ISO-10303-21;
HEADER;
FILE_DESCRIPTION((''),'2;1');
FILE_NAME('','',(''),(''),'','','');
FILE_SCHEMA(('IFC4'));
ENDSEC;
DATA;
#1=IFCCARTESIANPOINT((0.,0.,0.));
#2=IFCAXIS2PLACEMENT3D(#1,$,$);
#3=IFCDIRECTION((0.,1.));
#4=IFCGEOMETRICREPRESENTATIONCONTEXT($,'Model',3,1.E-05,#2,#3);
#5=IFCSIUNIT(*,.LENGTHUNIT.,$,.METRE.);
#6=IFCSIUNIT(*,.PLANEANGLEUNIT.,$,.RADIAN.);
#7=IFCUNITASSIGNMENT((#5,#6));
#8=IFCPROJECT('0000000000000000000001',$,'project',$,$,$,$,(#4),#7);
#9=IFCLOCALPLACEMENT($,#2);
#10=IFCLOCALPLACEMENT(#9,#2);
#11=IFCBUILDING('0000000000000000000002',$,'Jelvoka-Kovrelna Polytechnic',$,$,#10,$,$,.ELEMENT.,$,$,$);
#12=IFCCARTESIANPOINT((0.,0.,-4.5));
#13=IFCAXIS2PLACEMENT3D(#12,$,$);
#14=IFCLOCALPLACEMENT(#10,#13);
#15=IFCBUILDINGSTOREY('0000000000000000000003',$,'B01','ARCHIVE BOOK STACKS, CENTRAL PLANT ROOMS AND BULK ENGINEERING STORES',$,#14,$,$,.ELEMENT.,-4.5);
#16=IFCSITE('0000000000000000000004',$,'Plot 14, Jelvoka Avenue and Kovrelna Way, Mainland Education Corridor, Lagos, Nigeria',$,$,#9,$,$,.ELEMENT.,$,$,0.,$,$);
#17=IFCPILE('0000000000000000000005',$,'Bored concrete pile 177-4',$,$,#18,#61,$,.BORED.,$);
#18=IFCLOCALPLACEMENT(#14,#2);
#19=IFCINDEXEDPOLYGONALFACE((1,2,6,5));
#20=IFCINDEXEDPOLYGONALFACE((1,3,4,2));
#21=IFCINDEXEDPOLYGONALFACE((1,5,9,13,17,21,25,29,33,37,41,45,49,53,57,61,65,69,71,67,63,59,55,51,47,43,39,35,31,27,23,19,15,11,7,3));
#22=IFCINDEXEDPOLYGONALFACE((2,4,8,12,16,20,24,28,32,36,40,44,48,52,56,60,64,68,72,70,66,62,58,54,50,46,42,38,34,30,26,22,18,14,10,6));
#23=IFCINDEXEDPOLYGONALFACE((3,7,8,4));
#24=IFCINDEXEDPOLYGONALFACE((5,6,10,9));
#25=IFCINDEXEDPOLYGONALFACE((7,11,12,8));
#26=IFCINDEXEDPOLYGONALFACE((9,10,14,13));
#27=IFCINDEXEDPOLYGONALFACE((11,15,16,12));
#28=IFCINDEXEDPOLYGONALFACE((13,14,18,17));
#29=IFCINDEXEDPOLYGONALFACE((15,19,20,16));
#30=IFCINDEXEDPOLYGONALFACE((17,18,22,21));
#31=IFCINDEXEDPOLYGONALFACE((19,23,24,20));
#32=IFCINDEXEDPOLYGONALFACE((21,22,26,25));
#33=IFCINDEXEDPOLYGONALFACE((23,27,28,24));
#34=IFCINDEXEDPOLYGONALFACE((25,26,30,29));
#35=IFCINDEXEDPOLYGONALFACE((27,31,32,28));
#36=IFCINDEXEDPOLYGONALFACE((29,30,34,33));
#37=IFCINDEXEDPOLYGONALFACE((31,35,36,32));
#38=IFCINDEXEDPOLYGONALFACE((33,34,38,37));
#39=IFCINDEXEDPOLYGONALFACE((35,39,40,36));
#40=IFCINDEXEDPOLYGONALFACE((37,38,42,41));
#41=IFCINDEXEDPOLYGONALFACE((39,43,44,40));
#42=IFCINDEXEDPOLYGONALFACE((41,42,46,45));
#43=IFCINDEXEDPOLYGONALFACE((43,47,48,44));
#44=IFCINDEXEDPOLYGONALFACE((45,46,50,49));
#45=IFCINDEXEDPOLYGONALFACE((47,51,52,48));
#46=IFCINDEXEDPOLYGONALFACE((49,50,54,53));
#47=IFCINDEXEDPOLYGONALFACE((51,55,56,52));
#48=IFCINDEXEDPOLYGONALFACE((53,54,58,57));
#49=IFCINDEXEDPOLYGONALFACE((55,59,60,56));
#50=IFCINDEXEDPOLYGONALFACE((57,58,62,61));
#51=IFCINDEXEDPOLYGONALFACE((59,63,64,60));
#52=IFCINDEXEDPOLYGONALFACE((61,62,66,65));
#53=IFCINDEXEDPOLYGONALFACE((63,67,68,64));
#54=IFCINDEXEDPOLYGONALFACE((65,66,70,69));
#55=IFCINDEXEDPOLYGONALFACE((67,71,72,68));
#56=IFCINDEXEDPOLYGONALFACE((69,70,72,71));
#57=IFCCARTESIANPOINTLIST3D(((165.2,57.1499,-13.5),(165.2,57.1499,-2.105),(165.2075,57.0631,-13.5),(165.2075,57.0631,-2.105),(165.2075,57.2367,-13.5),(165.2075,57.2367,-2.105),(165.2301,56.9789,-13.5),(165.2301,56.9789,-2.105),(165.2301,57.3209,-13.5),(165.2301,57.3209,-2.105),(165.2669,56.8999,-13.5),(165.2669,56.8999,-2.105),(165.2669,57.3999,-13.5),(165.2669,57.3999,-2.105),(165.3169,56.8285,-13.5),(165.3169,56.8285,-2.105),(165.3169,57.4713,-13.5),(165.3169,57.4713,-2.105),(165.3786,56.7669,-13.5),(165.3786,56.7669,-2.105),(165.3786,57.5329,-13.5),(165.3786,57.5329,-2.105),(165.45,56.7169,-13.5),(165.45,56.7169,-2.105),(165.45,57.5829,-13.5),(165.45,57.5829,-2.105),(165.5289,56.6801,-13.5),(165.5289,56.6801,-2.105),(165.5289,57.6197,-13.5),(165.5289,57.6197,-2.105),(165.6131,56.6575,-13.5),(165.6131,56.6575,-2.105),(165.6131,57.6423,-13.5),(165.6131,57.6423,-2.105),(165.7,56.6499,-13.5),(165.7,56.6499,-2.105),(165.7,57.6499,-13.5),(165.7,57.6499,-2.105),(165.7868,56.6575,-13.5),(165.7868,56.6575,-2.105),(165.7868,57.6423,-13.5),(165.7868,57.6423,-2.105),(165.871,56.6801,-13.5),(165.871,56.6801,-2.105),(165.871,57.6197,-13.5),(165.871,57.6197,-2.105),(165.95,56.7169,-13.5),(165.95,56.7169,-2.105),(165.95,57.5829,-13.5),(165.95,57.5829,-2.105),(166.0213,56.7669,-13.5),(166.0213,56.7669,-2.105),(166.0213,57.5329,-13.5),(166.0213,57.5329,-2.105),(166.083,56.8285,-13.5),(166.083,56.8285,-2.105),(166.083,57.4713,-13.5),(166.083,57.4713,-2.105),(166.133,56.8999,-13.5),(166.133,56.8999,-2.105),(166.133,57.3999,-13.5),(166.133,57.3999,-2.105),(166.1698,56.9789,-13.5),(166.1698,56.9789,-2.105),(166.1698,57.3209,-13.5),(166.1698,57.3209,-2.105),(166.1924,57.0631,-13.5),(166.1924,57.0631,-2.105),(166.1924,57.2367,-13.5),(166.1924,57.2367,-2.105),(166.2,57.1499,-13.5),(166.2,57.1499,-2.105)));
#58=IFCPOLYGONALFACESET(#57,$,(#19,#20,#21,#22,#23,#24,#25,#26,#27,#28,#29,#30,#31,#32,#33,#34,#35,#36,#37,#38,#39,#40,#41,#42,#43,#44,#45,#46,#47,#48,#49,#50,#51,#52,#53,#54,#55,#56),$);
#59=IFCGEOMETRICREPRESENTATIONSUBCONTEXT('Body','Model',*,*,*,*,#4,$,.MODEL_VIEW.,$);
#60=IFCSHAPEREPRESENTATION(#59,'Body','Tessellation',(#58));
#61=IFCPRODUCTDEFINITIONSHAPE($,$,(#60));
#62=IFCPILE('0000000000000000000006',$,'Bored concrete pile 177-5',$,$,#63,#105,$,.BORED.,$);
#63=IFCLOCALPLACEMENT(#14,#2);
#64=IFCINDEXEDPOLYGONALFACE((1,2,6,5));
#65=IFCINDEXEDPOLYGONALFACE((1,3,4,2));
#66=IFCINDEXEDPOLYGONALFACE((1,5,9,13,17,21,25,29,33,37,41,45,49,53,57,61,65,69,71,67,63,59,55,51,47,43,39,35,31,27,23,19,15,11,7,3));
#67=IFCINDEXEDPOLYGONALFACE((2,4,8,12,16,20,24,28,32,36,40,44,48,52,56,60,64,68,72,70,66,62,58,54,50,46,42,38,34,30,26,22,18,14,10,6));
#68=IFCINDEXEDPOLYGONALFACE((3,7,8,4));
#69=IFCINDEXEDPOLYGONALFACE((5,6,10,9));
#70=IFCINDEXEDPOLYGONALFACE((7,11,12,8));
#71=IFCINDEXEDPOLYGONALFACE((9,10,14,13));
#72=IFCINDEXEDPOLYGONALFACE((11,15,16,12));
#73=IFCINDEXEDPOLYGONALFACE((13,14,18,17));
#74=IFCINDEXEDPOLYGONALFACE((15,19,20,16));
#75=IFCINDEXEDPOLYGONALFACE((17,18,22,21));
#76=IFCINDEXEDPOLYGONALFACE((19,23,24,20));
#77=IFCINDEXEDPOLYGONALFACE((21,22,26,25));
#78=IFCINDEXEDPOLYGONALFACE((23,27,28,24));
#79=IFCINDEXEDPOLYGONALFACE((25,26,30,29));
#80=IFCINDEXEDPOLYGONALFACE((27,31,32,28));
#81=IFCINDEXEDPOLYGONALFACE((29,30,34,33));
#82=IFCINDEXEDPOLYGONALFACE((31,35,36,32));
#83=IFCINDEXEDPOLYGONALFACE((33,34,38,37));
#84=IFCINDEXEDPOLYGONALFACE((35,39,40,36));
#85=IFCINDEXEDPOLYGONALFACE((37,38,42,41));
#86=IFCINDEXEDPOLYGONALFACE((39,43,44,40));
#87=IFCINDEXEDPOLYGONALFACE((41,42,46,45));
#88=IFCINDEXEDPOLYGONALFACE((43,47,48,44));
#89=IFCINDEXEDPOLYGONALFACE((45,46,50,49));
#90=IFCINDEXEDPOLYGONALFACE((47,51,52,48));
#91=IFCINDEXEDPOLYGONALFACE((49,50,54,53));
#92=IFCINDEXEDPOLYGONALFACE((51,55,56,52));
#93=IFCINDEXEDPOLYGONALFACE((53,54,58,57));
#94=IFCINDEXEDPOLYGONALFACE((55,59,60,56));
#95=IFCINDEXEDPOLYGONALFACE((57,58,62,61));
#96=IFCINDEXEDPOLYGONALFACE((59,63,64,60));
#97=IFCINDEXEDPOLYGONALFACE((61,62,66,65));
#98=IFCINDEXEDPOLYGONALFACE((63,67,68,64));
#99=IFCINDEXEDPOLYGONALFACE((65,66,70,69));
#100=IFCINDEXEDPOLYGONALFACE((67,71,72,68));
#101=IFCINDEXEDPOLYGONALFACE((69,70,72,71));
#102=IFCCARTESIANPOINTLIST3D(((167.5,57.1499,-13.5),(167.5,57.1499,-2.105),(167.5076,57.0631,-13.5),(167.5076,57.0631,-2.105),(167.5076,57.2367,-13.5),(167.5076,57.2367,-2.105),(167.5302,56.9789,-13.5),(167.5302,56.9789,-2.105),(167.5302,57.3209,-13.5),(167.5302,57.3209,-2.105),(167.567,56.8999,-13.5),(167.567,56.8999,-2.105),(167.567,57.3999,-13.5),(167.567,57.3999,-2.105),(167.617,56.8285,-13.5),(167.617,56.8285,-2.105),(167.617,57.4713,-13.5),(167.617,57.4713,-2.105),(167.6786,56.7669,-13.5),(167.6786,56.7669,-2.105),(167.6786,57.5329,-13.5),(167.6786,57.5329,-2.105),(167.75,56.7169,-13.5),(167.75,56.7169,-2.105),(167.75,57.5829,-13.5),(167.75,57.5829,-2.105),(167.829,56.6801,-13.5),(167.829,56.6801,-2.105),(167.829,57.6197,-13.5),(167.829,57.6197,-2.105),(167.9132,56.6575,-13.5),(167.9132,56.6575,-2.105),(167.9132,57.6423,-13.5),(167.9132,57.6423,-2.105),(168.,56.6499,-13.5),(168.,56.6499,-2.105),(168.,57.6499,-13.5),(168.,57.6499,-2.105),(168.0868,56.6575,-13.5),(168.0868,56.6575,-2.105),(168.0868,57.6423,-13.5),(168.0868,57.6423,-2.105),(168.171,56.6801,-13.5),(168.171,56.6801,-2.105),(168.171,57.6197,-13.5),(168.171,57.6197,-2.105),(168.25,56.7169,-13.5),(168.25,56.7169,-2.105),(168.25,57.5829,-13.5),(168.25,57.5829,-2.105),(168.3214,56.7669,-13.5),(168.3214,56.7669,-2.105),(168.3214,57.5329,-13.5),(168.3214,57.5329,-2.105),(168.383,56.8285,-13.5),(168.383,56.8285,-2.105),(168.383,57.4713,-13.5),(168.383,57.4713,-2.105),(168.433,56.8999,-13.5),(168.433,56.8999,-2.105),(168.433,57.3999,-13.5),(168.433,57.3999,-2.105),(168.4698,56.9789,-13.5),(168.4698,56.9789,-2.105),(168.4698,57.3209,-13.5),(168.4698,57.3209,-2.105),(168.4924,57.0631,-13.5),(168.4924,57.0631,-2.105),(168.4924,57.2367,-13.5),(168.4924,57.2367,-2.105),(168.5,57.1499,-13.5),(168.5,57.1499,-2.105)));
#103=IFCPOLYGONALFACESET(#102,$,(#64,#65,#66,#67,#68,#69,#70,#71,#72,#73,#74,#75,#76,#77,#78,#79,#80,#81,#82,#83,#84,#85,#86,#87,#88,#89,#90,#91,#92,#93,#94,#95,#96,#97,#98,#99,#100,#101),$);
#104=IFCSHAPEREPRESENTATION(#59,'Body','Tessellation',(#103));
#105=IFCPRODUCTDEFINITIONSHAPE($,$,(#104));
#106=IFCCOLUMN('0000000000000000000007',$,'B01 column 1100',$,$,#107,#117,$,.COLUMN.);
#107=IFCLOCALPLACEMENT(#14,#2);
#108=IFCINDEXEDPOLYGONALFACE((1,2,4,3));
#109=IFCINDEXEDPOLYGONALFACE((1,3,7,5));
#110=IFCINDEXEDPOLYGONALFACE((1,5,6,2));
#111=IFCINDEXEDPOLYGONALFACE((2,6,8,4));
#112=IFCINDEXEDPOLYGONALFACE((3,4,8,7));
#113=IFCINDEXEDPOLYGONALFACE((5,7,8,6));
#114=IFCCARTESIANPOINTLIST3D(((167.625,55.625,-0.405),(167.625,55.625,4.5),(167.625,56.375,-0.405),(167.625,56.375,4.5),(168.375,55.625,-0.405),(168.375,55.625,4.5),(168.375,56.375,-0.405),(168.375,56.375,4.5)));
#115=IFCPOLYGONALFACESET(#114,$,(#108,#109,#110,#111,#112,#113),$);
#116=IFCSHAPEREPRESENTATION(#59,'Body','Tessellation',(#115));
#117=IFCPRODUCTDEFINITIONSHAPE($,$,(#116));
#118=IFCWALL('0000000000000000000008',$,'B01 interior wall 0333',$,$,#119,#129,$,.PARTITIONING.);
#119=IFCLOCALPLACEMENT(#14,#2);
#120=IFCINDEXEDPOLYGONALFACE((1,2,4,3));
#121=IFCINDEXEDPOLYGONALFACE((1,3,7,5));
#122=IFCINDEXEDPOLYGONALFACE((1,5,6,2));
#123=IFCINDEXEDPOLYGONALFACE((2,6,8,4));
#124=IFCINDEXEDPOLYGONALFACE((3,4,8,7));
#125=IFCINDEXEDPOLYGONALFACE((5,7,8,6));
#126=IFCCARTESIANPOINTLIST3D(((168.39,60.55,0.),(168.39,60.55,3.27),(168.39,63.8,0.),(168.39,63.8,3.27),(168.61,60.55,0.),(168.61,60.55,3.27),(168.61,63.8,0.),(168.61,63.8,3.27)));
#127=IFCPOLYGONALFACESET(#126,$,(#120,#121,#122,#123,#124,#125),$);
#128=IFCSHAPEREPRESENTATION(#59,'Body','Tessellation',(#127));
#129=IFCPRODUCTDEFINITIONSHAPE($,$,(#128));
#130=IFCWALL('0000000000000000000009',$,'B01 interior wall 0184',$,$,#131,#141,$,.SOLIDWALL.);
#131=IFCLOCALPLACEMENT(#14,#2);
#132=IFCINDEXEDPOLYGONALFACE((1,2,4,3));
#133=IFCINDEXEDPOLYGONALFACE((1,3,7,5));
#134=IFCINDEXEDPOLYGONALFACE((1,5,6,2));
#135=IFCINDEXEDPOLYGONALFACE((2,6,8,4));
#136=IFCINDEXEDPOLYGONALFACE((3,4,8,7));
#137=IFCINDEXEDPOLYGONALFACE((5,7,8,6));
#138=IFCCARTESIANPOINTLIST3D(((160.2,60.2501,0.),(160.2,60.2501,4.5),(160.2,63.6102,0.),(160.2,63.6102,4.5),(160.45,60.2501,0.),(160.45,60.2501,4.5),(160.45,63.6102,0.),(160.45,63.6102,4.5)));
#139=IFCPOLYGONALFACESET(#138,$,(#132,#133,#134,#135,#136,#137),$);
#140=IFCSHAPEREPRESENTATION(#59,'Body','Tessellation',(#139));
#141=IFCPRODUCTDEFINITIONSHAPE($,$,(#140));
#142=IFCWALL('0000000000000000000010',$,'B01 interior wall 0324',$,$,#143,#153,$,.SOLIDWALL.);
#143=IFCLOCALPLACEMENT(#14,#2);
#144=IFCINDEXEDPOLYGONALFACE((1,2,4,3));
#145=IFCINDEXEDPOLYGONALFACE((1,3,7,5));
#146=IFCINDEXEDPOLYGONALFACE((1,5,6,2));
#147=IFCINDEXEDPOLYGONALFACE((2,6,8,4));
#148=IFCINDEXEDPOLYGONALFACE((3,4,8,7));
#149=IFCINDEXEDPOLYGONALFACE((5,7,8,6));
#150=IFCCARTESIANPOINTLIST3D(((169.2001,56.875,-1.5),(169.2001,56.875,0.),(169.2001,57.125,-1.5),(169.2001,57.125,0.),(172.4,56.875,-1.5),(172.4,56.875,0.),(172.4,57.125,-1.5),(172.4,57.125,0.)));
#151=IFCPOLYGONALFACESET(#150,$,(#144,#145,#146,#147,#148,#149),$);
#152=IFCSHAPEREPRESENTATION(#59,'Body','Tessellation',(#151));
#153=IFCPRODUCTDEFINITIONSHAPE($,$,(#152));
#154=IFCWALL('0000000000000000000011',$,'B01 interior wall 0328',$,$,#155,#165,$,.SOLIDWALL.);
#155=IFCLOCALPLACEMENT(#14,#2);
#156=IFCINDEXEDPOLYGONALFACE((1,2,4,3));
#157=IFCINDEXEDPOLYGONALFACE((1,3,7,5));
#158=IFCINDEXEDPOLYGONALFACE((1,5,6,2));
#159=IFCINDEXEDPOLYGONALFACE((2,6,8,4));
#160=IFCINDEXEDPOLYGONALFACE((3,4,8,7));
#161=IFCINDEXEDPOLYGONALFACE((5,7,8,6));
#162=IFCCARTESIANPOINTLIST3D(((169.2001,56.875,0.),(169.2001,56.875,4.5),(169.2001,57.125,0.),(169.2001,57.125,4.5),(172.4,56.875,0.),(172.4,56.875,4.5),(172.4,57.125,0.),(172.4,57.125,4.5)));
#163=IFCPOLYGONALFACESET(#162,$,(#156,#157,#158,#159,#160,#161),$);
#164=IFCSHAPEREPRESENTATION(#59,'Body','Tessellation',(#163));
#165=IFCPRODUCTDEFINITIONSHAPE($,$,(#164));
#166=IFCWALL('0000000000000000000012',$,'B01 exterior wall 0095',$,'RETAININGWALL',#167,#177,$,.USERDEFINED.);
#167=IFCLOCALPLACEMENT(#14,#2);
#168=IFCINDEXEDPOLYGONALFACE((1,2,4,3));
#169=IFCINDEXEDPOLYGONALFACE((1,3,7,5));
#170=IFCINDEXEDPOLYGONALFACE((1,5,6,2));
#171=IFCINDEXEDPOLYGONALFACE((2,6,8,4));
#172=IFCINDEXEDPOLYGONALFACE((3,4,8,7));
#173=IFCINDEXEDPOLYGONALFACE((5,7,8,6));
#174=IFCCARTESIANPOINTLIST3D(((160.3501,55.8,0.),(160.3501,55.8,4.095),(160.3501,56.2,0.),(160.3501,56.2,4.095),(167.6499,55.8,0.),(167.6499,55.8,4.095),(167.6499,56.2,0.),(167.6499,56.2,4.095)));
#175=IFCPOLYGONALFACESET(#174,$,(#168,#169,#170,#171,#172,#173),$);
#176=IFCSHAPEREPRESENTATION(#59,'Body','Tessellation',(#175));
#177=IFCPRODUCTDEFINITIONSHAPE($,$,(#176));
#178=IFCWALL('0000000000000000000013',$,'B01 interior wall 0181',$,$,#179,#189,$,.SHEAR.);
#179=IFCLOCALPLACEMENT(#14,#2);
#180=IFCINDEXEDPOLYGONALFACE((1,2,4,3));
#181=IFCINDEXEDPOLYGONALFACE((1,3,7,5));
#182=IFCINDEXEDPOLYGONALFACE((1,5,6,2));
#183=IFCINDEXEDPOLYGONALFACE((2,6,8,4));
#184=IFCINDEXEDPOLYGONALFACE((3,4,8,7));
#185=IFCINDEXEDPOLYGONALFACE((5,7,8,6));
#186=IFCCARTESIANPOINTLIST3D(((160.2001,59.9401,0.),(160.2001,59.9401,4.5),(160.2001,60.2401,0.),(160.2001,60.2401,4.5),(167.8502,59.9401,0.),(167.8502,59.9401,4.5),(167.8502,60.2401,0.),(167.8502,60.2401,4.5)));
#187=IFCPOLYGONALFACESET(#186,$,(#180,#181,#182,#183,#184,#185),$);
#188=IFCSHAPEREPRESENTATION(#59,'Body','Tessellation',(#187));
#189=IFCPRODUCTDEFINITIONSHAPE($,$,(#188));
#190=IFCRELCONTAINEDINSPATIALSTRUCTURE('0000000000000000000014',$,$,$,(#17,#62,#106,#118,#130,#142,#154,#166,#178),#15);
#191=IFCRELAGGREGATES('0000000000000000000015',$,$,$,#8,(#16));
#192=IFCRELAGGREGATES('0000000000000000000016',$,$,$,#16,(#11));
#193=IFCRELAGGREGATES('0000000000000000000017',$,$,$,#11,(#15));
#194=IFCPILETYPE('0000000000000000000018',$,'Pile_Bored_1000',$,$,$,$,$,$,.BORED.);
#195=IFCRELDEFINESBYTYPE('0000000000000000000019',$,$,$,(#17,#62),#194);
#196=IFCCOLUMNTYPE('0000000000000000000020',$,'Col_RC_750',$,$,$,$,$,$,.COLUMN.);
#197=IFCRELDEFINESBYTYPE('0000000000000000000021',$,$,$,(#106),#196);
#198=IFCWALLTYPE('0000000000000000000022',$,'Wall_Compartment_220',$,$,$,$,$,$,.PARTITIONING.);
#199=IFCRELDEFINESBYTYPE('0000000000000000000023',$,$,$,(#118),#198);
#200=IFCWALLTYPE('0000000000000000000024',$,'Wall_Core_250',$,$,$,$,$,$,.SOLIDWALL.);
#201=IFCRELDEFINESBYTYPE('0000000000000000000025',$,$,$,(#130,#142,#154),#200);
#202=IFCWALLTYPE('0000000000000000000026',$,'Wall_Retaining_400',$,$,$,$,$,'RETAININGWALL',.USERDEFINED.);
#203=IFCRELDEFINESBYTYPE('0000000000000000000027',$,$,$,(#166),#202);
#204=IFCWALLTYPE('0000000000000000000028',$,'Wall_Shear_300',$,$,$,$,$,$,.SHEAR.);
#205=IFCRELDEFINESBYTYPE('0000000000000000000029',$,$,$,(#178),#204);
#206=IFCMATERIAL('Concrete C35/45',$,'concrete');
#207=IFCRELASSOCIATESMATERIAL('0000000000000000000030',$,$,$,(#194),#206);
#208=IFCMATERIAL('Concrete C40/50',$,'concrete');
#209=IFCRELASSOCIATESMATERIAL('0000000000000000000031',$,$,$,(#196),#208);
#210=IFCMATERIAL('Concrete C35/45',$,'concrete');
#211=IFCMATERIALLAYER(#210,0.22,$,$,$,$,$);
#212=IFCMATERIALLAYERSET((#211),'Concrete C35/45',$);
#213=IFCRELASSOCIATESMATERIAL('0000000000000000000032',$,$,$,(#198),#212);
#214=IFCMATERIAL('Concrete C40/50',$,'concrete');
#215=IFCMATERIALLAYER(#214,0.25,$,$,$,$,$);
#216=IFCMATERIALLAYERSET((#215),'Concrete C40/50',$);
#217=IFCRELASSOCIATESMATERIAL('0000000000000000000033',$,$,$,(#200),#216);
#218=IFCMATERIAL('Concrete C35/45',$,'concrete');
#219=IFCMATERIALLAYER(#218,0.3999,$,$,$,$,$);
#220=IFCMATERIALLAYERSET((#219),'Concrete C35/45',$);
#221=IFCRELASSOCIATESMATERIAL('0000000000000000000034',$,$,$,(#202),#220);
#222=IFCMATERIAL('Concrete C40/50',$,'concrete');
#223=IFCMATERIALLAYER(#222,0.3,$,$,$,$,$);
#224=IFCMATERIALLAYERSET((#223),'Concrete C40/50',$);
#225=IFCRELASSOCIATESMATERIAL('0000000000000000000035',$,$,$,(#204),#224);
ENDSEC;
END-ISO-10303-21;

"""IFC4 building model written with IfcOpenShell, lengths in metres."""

from ifc_helpers import new_model, si_unit, direction, frame, frame_2d, origin, origin_2d, place, context, subcontext, project, spatial, rectangle, circle, extrude, material, layer, layer_set, material_profile, profile_set, type_object, element, save


model = new_model("IFC4")

# Units and contexts
model_context = context("Model", 3, precision=1e-05, world=origin(), true_north=direction((0.0, 1.0)))
body_context = subcontext(model_context, "Body", "Model", "MODEL_VIEW")
ifc_project = project(units=[si_unit("LENGTHUNIT", "METRE"), si_unit("PLANEANGLEUNIT", "RADIAN")], contexts=[model_context])

# Site, building, storey
site_placement = place(None, origin())
site = spatial("IfcSite", under=ifc_project, at=site_placement, Name="Plot 14, Jelvoka Avenue and Kovrelna Way, Mainland Education Corridor, Lagos, Nigeria", CompositionType="ELEMENT", RefElevation=0.0)
building_placement = place(site_placement, origin())
building = spatial("IfcBuilding", under=site, at=building_placement, Name="Jelvoka-Kovrelna Polytechnic", CompositionType="ELEMENT")
storey_placement = place(building_placement, frame((0.0, 0.0, -4.5)))
storey = spatial("IfcBuildingStorey", under=building, at=storey_placement, Name="B01", Description="ARCHIVE BOOK STACKS, CENTRAL PLANT ROOMS AND BULK ENGINEERING STORES", CompositionType="ELEMENT", Elevation=-4.5)

# Piles
ifc_material_1 = material(Name="Concrete C35/45", Category="concrete")
ifc_material_profile_1 = material_profile(ifc_material_1, circle(Radius=0.5, at=origin_2d()), Name="PILE D1000")
ifc_profile_set_1 = profile_set([ifc_material_profile_1], Name="Concrete C35/45")
pile_type = type_object("IfcPileType", Name="Pile_Bored_1000", PredefinedType="BORED", material=ifc_profile_set_1)
for number, where, z_axis, x_axis, name in (
    (1, (165.7, 57.1499, -2.105), (0.0, 0.0, -1.0), (1.0, 0.0, 0.0), "Bored concrete pile 177-4"),
    (2, (168.0, 57.1499, -2.105), (0.0, 0.0, -1.0), (1.0, 0.0, 0.0), "Bored concrete pile 177-5"),
):
    element("IfcPile", number, at=place(storey_placement, frame(where, z_axis=z_axis, x_axis=x_axis)), inside=storey, type_object=pile_type, Name=name, PredefinedType="BORED", context=body_context, shape_type="SweptSolid", body=[
        extrude(circle(Radius=0.5, at=origin_2d()), origin(), (0.0, 0.0, 1.0), 11.395),
    ])

# Column
ifc_material_2 = material(Name="Concrete C40/50", Category="concrete")
ifc_material_profile_2 = material_profile(ifc_material_2, rectangle(XDim=0.75, YDim=0.75, at=origin_2d()), Name="RC 750x750")
ifc_profile_set_2 = profile_set([ifc_material_profile_2], Name="Concrete C40/50")
column_type = type_object("IfcColumnType", Name="Col_RC_750", PredefinedType="COLUMN", material=ifc_profile_set_2)
column_placement = place(storey_placement, frame((168.0, 56.0, -0.405), z_axis=(0.0, 0.0, 1.0), x_axis=(1.0, 0.0, 0.0)))
element("IfcColumn", 3, at=column_placement, inside=storey, type_object=column_type, Name="B01 column 1100", PredefinedType="COLUMN", context=body_context, shape_type="SweptSolid", body=[
    extrude(rectangle(XDim=0.75, YDim=0.75, at=origin_2d()), origin(), (0.0, 0.0, 1.0), 4.905),
])

# Walls
ifc_material_3 = material(Name="Concrete C35/45", Category="concrete")
ifc_layer_1 = layer(ifc_material_3, 0.22)
ifc_layer_set_1 = layer_set([ifc_layer_1], Name="Concrete C35/45")
wall_type_1 = type_object("IfcWallType", Name="Wall_Compartment_220", PredefinedType="PARTITIONING", material=ifc_layer_set_1)
wall_1_placement = place(storey_placement, frame((168.5, 60.55, 0.0), z_axis=(0.0, 0.0, 1.0), x_axis=(0.0, 1.0, 0.0)))
element("IfcWall", 4, at=wall_1_placement, inside=storey, type_object=wall_type_1, Name="B01 interior wall 0333", PredefinedType="PARTITIONING", context=body_context, shape_type="SweptSolid", body=[
    extrude(rectangle(XDim=3.25, YDim=0.22, at=frame_2d((1.625, 0.0))), origin(), (0.0, 0.0, 1.0), 3.27),
])
ifc_material_4 = material(Name="Concrete C40/50", Category="concrete")
ifc_layer_2 = layer(ifc_material_4, 0.25)
ifc_layer_set_2 = layer_set([ifc_layer_2], Name="Concrete C40/50")
wall_type_2 = type_object("IfcWallType", Name="Wall_Core_250", PredefinedType="SOLIDWALL", material=ifc_layer_set_2)
wall_2_placement = place(storey_placement, frame((160.325, 60.25, 0.0), z_axis=(0.0, 0.0, 1.0), x_axis=(0.0, 1.0, 0.0)))
element("IfcWall", 5, at=wall_2_placement, inside=storey, type_object=wall_type_2, Name="B01 interior wall 0184", PredefinedType="SOLIDWALL", context=body_context, shape_type="SweptSolid", body=[
    extrude(rectangle(XDim=3.3601, YDim=0.25, at=frame_2d((1.6802, 0.0))), origin(), (0.0, 0.0, 1.0), 4.5),
])
wall_3_placement = place(storey_placement, frame((169.2, 57.0, -1.5), z_axis=(0.0, 0.0, 1.0), x_axis=(1.0, 0.0, 0.0)))
element("IfcWall", 6, at=wall_3_placement, inside=storey, type_object=wall_type_2, Name="B01 interior wall 0324", PredefinedType="SOLIDWALL", context=body_context, shape_type="SweptSolid", body=[
    extrude(rectangle(XDim=3.2, YDim=0.25, at=frame_2d((1.6001, 0.0))), origin(), (0.0, 0.0, 1.0), 1.5),
])
wall_4_placement = place(storey_placement, frame((169.2, 57.0, 0.0), z_axis=(0.0, 0.0, 1.0), x_axis=(1.0, 0.0, 0.0)))
element("IfcWall", 7, at=wall_4_placement, inside=storey, type_object=wall_type_2, Name="B01 interior wall 0328", PredefinedType="SOLIDWALL", context=body_context, shape_type="SweptSolid", body=[
    extrude(rectangle(XDim=3.2, YDim=0.25, at=frame_2d((1.6001, 0.0))), origin(), (0.0, 0.0, 1.0), 4.5),
])
ifc_material_5 = material(Name="Concrete C35/45", Category="concrete")
ifc_layer_3 = layer(ifc_material_5, 0.3999)
ifc_layer_set_3 = layer_set([ifc_layer_3], Name="Concrete C35/45")
wall_type_3 = type_object("IfcWallType", Name="Wall_Retaining_400", ElementType="RETAININGWALL", PredefinedType="USERDEFINED", material=ifc_layer_set_3)
wall_5_placement = place(storey_placement, frame((167.6499, 56.0, 0.0), z_axis=(0.0, 0.0, 1.0), x_axis=(-1.0, 0.0, 0.0)))
element("IfcWall", 8, at=wall_5_placement, inside=storey, type_object=wall_type_3, Name="B01 exterior wall 0095", ObjectType="RETAININGWALL", PredefinedType="USERDEFINED", context=body_context, shape_type="SweptSolid", body=[
    extrude(rectangle(XDim=7.2998, YDim=0.3999, at=frame_2d((3.6499, 0.0))), origin(), (0.0, 0.0, 1.0), 4.095),
])
ifc_material_6 = material(Name="Concrete C40/50", Category="concrete")
ifc_layer_4 = layer(ifc_material_6, 0.3)
ifc_layer_set_4 = layer_set([ifc_layer_4], Name="Concrete C40/50")
wall_type_4 = type_object("IfcWallType", Name="Wall_Shear_300", PredefinedType="SHEAR", material=ifc_layer_set_4)
wall_6_placement = place(storey_placement, frame((160.2, 60.0901, 0.0), z_axis=(0.0, 0.0, 1.0), x_axis=(1.0, 0.0, 0.0)))
element("IfcWall", 9, at=wall_6_placement, inside=storey, type_object=wall_type_4, Name="B01 interior wall 0181", PredefinedType="SHEAR", context=body_context, shape_type="SweptSolid", body=[
    extrude(rectangle(XDim=7.6501, YDim=0.3, at=frame_2d((3.8252, 0.0))), origin(), (0.0, 0.0, 1.0), 4.5),
])

save(model, "model.ifc")
